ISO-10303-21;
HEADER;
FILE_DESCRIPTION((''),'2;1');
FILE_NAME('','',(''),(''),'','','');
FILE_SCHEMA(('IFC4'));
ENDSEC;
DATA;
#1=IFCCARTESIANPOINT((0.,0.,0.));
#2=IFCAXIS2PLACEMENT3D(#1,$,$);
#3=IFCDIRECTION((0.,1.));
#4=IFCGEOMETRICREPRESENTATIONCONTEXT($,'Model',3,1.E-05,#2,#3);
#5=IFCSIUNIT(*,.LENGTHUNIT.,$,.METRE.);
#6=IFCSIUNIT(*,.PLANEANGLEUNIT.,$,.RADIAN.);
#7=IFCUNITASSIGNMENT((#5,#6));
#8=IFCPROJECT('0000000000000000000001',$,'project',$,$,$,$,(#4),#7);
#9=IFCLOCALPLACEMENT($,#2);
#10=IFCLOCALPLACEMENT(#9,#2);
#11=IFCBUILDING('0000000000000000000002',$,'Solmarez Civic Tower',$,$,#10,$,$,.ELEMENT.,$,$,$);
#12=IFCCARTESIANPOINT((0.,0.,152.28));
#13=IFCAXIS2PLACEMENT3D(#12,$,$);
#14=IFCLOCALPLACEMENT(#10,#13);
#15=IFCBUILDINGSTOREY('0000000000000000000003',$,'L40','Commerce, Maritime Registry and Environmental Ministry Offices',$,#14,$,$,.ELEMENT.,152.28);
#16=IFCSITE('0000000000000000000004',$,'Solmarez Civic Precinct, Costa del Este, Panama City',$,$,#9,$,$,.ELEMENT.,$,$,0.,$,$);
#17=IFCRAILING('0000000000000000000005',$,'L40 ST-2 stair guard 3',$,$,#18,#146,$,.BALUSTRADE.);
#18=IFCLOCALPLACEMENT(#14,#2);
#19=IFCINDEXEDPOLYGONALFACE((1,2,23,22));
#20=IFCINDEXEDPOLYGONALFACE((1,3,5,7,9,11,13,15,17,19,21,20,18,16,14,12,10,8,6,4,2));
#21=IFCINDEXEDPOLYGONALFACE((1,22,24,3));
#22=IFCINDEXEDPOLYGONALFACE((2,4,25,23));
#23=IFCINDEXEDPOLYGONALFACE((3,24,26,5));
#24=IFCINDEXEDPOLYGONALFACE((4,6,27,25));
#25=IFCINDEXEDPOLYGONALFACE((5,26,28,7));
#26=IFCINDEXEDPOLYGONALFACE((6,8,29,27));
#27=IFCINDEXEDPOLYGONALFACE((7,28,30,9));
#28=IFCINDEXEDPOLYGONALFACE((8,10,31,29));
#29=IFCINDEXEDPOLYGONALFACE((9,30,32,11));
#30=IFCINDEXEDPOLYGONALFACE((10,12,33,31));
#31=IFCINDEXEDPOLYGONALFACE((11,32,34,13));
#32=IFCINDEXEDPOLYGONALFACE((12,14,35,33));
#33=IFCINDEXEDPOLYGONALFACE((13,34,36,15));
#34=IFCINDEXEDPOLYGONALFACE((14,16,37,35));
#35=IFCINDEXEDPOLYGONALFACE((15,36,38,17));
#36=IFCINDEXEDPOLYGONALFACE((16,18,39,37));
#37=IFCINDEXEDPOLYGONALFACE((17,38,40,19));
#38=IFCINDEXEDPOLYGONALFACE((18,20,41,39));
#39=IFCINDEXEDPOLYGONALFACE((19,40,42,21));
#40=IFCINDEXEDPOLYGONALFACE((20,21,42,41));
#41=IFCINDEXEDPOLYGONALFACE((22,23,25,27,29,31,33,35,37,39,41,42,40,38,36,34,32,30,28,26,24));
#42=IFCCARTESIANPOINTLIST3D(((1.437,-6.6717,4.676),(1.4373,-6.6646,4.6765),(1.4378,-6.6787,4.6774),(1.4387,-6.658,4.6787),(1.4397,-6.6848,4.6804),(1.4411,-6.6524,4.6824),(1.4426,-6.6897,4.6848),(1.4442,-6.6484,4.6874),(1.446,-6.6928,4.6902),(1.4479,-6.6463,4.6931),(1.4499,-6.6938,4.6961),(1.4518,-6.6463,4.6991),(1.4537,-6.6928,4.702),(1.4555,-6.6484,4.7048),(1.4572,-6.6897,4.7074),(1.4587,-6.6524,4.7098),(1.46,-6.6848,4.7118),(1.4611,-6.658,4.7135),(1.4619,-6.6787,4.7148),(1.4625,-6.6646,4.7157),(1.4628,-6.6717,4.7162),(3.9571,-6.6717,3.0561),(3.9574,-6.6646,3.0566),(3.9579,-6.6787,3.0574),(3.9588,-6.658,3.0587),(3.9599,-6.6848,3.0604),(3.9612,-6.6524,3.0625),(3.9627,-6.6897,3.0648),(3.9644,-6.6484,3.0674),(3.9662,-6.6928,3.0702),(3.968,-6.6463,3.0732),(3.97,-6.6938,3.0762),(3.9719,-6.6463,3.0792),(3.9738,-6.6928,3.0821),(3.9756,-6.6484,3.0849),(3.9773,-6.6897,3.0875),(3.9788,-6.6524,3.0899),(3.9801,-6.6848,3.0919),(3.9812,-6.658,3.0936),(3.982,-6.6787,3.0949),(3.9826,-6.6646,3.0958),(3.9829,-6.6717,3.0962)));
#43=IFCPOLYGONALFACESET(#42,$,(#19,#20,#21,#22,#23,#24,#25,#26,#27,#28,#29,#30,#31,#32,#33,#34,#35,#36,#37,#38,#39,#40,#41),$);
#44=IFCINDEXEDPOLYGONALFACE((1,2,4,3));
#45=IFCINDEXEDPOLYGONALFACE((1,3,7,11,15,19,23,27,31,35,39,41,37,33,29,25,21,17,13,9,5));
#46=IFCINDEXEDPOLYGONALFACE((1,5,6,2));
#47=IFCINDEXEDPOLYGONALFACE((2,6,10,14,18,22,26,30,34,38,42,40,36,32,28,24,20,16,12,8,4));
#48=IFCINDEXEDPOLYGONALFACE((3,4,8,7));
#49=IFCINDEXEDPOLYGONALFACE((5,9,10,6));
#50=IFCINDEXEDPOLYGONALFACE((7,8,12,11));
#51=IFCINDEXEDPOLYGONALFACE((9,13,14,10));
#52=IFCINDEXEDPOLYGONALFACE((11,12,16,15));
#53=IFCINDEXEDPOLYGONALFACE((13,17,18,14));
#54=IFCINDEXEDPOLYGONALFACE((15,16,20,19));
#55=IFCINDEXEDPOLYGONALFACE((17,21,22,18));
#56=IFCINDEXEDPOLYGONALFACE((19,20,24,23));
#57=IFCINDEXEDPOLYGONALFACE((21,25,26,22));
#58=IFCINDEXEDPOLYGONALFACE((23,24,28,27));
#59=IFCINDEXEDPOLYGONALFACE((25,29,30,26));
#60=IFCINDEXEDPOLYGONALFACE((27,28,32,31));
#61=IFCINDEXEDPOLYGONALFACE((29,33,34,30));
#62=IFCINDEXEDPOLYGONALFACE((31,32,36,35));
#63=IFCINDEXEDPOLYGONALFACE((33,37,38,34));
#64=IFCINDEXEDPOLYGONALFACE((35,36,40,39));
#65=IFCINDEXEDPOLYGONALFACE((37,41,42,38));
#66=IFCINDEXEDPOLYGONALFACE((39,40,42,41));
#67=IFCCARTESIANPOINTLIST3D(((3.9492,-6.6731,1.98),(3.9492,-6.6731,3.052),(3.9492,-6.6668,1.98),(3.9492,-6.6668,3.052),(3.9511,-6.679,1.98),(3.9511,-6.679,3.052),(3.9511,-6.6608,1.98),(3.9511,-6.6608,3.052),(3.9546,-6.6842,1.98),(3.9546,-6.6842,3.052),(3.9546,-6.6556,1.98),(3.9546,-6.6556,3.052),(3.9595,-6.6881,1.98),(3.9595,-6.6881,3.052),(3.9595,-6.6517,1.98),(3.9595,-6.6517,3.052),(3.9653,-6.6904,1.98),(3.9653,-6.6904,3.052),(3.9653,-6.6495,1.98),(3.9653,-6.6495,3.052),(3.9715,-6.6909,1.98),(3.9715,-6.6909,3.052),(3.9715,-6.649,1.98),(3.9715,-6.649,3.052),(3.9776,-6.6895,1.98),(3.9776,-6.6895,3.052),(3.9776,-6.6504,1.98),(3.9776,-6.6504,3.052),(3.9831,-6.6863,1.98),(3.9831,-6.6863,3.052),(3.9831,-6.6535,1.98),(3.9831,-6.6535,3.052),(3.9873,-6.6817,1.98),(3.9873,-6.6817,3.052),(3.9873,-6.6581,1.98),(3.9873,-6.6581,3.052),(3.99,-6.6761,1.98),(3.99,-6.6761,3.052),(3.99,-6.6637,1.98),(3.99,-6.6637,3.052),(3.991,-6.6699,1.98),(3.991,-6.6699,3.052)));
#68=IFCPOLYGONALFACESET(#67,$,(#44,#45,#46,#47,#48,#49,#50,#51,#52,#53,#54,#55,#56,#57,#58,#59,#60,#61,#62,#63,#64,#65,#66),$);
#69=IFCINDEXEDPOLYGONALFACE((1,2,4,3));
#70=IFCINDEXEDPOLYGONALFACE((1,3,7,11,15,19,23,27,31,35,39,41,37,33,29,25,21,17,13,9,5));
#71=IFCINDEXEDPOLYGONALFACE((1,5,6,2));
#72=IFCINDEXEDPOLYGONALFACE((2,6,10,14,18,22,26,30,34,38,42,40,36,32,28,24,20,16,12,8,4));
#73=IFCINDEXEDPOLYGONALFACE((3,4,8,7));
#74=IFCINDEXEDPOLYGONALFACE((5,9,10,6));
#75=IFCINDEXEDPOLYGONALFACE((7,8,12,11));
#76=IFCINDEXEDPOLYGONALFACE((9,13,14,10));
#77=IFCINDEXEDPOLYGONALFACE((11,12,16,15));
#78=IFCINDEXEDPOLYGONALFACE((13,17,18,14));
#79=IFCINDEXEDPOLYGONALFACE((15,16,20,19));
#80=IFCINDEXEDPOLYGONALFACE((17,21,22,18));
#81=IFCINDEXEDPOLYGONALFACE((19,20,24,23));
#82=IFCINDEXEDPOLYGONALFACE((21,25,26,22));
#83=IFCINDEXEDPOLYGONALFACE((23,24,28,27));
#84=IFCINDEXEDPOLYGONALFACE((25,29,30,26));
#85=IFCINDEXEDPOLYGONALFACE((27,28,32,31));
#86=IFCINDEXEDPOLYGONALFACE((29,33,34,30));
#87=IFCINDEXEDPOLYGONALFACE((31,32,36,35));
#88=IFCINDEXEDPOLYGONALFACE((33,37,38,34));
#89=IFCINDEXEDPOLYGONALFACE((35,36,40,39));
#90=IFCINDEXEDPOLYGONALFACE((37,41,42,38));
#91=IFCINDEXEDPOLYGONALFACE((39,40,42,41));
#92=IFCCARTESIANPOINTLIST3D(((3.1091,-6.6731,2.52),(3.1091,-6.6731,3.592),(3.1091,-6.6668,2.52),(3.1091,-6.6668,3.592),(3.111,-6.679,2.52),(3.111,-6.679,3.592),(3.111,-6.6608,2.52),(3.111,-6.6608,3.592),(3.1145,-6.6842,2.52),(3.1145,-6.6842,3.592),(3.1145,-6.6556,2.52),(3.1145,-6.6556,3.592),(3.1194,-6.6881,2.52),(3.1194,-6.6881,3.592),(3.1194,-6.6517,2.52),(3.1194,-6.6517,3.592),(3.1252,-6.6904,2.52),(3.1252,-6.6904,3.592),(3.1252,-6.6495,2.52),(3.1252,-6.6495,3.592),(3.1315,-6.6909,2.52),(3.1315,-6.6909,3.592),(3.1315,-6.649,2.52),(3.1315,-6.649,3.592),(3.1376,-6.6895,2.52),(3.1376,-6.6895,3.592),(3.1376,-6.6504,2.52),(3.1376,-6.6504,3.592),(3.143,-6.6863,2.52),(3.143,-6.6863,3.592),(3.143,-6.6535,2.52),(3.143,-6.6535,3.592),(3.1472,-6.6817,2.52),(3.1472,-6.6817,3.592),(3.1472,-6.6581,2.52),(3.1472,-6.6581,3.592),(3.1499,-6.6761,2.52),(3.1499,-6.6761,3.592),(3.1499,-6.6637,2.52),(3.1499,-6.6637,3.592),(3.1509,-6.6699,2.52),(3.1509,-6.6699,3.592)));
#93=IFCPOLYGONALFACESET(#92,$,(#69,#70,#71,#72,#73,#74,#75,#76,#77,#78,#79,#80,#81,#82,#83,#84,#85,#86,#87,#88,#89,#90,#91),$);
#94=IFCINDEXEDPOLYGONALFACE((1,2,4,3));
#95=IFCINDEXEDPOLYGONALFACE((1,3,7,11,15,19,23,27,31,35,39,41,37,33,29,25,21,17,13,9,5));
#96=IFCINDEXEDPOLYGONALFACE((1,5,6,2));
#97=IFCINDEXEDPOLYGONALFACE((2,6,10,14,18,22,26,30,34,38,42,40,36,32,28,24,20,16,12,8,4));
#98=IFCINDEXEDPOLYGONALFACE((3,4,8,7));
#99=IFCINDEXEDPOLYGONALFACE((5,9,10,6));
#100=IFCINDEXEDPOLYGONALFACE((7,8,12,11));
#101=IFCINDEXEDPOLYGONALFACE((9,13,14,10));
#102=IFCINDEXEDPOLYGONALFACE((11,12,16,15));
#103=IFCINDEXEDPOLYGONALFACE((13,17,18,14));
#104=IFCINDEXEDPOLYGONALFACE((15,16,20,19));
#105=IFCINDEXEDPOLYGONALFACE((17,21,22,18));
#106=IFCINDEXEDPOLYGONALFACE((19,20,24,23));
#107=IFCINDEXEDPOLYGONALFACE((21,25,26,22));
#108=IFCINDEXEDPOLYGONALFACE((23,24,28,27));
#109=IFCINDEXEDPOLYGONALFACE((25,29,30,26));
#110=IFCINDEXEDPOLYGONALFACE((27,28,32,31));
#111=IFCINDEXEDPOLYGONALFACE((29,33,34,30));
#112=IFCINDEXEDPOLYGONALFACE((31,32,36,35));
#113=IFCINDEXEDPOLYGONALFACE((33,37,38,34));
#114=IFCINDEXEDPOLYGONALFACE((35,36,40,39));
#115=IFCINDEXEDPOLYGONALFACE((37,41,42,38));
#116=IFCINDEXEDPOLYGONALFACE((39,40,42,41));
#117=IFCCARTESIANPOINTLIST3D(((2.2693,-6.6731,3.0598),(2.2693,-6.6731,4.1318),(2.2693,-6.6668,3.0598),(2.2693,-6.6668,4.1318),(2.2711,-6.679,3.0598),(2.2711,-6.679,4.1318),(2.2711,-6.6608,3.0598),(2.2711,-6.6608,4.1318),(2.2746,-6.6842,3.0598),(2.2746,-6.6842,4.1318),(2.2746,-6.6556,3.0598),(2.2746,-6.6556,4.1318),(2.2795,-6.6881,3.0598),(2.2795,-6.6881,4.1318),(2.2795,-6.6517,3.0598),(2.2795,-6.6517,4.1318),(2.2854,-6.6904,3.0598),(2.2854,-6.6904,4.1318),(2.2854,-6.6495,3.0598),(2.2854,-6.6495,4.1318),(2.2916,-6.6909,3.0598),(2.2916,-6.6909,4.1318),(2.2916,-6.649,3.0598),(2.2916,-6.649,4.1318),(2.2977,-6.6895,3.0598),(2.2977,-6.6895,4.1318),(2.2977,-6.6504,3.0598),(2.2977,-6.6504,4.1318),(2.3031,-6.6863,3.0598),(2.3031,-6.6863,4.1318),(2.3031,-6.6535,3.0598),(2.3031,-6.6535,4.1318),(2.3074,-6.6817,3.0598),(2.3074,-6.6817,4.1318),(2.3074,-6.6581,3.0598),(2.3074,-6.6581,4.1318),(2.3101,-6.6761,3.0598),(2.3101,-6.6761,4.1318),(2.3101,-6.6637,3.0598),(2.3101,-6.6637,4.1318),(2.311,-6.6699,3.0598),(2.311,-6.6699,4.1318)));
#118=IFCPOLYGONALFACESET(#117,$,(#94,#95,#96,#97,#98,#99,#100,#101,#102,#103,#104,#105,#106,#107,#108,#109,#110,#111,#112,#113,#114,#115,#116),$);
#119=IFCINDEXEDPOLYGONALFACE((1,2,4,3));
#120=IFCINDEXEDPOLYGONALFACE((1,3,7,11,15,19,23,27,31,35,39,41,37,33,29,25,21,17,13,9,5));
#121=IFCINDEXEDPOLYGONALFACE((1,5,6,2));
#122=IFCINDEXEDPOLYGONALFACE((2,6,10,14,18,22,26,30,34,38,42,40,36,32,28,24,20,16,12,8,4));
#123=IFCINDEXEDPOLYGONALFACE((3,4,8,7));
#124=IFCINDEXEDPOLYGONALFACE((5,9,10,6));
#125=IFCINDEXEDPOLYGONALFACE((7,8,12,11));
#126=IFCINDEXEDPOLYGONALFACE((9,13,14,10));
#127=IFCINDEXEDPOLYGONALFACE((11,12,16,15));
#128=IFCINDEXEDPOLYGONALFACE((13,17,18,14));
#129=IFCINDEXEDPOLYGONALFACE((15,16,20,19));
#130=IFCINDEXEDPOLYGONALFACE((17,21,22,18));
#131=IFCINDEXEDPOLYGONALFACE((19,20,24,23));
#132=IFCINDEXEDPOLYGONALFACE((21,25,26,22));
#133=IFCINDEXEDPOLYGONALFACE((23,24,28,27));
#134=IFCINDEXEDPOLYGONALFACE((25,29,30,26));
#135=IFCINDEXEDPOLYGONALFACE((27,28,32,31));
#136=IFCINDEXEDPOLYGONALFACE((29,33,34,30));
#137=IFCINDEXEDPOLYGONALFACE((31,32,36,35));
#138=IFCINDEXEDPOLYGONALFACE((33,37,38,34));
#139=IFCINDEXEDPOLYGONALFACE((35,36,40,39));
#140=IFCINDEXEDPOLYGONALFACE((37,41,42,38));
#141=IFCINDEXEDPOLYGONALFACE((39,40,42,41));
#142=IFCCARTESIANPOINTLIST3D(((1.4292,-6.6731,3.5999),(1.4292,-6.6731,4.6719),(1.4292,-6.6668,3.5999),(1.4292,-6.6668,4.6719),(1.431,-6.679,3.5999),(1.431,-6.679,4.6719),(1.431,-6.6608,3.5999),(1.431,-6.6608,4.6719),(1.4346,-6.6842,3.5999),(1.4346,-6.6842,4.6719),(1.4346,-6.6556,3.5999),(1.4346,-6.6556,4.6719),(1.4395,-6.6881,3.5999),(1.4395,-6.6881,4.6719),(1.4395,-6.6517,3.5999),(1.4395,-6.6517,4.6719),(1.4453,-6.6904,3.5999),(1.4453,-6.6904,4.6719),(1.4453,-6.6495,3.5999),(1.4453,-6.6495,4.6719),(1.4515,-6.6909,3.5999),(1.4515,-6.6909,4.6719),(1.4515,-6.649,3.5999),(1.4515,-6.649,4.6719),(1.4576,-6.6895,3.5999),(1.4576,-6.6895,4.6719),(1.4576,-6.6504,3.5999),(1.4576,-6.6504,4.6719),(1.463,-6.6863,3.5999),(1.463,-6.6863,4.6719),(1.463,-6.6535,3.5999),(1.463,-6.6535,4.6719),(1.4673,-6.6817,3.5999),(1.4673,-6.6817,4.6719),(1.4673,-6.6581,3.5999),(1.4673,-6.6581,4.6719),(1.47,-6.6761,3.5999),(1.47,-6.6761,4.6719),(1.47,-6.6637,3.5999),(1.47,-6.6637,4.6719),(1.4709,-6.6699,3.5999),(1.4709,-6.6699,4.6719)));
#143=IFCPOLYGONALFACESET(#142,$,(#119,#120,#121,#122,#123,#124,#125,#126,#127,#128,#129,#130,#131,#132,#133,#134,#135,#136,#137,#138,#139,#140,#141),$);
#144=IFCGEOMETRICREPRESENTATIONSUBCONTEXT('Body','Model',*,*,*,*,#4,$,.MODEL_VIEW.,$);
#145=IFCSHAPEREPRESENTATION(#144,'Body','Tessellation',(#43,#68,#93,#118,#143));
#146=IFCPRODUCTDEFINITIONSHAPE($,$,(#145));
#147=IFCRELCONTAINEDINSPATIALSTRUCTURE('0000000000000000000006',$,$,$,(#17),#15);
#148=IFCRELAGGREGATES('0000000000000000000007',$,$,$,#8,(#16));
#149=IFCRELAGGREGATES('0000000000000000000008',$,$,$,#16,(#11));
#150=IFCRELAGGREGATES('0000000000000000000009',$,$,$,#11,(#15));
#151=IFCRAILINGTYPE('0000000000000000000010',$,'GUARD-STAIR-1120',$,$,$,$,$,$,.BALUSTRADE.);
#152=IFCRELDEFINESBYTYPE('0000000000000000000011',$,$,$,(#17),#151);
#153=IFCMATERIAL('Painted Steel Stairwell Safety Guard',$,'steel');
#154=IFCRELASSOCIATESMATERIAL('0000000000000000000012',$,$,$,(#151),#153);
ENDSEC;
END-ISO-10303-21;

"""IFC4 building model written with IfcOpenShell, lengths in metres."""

from ifc_helpers import new_model, si_unit, direction, frame, origin, origin_2d, place, context, subcontext, project, spatial, circle, extrude, material, type_object, element, save


model = new_model("IFC4")

# Units and contexts
model_context = context("Model", 3, precision=1e-05, world=origin(), true_north=direction((0.0, 1.0)))
body_context = subcontext(model_context, "Body", "Model", "MODEL_VIEW")
ifc_project = project(units=[si_unit("LENGTHUNIT", "METRE"), si_unit("PLANEANGLEUNIT", "RADIAN")], contexts=[model_context])

# Site, building, storey
site_placement = place(None, origin())
site = spatial("IfcSite", under=ifc_project, at=site_placement, Name="Solmarez Civic Precinct, Costa del Este, Panama City", CompositionType="ELEMENT", RefElevation=0.0)
building_placement = place(site_placement, origin())
building = spatial("IfcBuilding", under=site, at=building_placement, Name="Solmarez Civic Tower", CompositionType="ELEMENT")
storey_placement = place(building_placement, frame((0.0, 0.0, 152.28)))
storey = spatial("IfcBuildingStorey", under=building, at=storey_placement, Name="L40", Description="Commerce, Maritime Registry and Environmental Ministry Offices", CompositionType="ELEMENT", Elevation=152.28)

# Railing
ifc_material_1 = material(Name="Painted Steel Stairwell Safety Guard", Category="steel")
railing_type_1 = type_object("IfcRailingType", Name="GUARD-STAIR-1120", PredefinedType="BALUSTRADE", material=ifc_material_1)
railing_1_placement = place(storey_placement, frame((3.97, -6.6699, 1.98)))
element("IfcRailing", 1, at=railing_1_placement, inside=storey, type_object=railing_type_1, Name="L40 ST-2 stair guard 3", PredefinedType="BALUSTRADE", context=body_context, shape_type="SweptSolid", body=[
    extrude(circle(Radius=0.0239, at=origin_2d()), frame((0.0, 0.0, 1.0962), z_axis=(-0.8412, 0.0, 0.540725), x_axis=(0.0, -1.0, 0.0)), (0.0, 0.0, 1.0), 2.9958),
    extrude(circle(Radius=0.021, at=origin_2d()), origin(), (0.0, 0.0, 1.0), 1.072),
    extrude(circle(Radius=0.021, at=origin_2d()), frame((-0.8401, 0.0, 0.54)), (0.0, 0.0, 1.0), 1.072),
    extrude(circle(Radius=0.021, at=origin_2d()), frame((-1.6799, 0.0, 1.0798)), (0.0, 0.0, 1.0), 1.072),
    extrude(circle(Radius=0.021, at=origin_2d()), frame((-2.52, 0.0, 1.6199)), (0.0, 0.0, 1.0), 1.072),
])

save(model, "model.ifc")
